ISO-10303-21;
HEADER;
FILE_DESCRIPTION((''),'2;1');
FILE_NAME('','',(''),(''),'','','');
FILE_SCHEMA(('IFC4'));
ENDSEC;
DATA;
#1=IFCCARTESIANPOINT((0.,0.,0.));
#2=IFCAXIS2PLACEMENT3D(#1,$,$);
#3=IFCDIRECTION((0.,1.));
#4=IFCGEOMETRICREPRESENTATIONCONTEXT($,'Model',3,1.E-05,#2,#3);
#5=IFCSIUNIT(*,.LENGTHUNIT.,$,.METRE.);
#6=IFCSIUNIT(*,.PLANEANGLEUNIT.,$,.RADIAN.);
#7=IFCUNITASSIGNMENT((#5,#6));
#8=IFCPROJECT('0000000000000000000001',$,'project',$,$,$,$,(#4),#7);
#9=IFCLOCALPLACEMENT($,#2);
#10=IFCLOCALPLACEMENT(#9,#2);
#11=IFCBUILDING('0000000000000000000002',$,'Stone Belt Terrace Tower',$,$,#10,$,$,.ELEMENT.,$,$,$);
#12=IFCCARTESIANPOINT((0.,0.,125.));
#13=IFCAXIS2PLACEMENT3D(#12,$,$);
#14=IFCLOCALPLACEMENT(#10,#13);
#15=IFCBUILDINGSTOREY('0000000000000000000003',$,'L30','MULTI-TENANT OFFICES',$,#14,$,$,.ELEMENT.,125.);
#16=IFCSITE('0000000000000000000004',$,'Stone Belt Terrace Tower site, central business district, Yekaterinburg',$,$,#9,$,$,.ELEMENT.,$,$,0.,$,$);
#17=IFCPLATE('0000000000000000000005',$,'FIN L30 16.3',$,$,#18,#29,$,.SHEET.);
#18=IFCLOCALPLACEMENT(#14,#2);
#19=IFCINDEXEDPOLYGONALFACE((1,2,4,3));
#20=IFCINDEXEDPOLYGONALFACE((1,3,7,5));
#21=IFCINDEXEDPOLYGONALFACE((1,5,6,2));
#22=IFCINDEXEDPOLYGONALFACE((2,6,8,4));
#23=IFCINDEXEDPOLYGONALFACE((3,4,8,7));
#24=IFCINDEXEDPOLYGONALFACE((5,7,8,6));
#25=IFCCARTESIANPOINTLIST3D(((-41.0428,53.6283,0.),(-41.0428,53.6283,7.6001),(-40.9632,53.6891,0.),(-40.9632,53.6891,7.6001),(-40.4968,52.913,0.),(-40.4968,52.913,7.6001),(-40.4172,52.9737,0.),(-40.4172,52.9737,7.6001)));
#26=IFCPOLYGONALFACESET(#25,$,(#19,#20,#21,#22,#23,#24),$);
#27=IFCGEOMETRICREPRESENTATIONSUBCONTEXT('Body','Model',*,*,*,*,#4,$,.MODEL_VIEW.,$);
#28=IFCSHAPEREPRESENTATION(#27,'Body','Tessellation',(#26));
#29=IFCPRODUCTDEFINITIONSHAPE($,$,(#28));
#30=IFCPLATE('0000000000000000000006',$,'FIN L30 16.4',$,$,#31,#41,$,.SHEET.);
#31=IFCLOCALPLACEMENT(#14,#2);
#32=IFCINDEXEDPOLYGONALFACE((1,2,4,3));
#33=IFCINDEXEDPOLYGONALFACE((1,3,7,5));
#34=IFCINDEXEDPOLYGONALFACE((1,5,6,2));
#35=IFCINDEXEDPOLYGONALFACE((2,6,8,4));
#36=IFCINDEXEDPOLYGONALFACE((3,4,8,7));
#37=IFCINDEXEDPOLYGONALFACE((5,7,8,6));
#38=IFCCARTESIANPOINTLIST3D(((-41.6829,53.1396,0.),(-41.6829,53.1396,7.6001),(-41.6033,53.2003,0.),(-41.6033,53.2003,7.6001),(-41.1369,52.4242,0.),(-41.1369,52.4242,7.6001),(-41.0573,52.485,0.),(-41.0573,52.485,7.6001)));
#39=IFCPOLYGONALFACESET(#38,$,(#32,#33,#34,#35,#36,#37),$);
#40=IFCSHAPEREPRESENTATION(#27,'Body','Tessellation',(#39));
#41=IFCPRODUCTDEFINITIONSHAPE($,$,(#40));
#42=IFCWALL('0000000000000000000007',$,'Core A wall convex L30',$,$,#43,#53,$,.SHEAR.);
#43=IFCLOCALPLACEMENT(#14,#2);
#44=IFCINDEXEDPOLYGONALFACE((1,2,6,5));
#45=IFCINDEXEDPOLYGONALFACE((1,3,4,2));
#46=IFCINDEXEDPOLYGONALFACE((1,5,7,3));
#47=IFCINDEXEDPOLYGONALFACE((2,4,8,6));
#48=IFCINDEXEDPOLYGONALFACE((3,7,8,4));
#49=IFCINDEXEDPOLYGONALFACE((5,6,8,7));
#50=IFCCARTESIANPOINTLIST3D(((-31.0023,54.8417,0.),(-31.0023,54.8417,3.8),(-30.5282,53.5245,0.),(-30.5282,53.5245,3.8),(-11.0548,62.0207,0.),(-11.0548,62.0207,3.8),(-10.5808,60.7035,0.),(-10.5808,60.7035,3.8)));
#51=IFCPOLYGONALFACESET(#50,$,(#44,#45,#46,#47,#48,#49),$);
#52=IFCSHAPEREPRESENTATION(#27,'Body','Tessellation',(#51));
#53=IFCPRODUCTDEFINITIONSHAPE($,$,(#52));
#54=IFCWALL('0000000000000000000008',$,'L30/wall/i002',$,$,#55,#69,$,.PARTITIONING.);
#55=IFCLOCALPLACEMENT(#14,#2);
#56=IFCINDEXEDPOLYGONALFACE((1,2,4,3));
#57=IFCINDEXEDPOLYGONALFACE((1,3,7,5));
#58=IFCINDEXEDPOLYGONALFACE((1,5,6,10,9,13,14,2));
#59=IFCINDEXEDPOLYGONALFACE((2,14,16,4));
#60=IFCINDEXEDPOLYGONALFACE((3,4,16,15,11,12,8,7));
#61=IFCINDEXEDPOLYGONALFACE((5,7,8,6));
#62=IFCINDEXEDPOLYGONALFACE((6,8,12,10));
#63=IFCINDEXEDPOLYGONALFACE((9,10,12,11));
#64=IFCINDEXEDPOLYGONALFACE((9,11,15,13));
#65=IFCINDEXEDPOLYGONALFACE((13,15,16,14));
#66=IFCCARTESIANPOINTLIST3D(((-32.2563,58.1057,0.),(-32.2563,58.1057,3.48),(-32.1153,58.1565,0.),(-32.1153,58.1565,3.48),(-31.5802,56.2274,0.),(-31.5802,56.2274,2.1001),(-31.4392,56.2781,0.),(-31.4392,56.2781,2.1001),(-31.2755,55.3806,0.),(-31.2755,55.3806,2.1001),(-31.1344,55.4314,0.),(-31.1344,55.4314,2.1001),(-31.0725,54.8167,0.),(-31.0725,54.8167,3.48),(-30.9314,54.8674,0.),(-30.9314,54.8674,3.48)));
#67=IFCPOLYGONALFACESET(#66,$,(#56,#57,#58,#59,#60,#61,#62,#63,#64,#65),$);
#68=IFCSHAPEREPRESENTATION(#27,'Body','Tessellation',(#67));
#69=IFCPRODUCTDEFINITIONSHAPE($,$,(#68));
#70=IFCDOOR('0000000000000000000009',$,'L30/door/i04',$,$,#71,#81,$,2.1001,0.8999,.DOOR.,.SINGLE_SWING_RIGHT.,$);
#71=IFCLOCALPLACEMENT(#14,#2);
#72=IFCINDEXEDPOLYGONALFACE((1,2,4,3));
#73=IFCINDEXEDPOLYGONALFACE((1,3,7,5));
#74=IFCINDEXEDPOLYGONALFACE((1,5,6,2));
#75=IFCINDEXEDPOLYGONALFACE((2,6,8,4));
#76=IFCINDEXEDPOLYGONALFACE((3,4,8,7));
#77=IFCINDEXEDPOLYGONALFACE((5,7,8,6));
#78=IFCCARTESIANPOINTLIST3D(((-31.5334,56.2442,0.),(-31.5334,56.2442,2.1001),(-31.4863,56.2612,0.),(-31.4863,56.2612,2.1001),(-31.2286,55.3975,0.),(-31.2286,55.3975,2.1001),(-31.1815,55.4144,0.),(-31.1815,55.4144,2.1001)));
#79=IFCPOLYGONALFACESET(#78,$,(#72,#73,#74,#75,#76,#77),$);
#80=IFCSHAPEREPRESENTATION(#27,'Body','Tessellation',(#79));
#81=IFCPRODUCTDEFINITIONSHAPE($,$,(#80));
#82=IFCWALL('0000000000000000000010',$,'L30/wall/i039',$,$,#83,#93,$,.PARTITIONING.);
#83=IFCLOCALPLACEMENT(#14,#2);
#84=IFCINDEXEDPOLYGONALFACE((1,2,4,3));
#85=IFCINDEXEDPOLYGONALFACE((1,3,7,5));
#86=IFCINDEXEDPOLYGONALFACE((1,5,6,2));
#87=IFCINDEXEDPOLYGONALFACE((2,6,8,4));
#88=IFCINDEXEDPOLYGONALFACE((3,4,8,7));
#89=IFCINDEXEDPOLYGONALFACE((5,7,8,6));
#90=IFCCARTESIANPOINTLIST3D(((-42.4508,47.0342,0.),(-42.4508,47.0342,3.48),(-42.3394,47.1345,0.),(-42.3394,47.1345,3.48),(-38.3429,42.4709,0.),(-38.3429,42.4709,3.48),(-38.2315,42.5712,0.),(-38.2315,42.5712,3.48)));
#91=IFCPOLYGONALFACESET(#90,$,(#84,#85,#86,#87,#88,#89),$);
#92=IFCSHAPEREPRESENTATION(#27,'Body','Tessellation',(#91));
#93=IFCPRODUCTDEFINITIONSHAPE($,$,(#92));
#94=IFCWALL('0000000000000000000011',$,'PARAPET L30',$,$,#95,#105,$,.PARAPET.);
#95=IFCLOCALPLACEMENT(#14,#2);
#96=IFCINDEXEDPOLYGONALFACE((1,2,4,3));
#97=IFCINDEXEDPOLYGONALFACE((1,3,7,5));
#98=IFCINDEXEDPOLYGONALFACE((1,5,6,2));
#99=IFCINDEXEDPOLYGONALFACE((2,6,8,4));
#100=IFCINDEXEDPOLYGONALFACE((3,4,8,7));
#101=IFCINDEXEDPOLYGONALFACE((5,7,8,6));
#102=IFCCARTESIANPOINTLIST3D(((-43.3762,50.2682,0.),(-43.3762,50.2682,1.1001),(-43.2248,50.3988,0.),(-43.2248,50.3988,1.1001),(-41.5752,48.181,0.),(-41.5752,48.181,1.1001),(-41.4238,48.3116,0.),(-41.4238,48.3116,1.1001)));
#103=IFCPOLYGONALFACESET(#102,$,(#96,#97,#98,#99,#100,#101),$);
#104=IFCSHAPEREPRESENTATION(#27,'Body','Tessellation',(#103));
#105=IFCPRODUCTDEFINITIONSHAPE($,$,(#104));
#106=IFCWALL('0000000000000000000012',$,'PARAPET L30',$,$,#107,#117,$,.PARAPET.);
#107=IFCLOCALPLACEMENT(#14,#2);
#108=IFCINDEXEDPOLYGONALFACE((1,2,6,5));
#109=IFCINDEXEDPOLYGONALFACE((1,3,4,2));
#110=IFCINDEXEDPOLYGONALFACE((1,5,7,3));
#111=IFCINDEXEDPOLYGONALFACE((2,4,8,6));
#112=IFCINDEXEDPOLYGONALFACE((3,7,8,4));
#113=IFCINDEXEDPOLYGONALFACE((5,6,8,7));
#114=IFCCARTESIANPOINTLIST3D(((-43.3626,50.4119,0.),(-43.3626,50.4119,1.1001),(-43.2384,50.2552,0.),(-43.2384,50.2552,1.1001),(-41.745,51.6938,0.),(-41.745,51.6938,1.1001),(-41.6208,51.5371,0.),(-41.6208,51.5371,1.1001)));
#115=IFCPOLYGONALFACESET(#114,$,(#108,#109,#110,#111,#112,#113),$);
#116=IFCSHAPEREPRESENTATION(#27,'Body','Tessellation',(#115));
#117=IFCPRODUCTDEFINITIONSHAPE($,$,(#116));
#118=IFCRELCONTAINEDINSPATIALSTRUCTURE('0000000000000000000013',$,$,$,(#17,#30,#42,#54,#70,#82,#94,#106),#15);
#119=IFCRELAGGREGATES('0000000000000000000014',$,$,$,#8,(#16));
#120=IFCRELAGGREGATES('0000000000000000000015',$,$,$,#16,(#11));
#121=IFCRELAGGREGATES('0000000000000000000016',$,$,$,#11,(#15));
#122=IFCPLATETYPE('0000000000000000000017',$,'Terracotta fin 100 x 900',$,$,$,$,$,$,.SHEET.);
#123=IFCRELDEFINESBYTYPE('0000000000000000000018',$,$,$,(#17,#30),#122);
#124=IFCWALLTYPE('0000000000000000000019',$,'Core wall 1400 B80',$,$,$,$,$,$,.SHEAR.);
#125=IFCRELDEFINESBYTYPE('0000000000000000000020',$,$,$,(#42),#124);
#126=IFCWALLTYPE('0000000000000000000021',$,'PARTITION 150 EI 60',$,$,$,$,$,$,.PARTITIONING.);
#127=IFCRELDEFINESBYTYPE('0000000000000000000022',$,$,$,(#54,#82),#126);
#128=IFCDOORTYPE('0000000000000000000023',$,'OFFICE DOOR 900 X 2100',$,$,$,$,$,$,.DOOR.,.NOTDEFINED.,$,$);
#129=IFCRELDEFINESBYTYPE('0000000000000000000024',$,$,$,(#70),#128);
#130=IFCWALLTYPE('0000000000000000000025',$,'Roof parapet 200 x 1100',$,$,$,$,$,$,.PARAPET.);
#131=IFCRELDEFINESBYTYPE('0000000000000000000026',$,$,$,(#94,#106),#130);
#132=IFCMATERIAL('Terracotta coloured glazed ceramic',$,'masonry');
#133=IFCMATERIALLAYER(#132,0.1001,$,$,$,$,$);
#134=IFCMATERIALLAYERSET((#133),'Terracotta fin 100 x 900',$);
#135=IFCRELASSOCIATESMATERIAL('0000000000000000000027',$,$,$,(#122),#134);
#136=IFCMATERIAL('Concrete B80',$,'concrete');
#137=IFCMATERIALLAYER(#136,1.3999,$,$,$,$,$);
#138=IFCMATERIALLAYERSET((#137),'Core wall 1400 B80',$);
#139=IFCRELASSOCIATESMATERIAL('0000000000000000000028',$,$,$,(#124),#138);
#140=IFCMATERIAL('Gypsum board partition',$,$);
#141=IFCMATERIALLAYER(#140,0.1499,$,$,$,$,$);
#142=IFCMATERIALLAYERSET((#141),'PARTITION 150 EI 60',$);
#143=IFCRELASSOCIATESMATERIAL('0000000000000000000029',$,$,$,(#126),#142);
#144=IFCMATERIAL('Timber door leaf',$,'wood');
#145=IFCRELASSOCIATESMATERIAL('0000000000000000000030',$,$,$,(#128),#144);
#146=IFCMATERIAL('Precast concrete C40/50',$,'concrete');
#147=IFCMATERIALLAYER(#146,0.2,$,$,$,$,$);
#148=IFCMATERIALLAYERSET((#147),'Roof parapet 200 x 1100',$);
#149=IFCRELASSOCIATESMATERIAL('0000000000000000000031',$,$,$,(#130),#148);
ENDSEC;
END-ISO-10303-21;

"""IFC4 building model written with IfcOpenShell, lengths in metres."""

from ifc_helpers import new_model, si_unit, direction, frame, frame_2d, origin, origin_2d, place, context, subcontext, project, spatial, rectangle, extrude, material, layer, layer_set, type_object, element, fill, save


model = new_model("IFC4")

# Units and contexts
model_context = context("Model", 3, precision=1e-05, world=origin(), true_north=direction((0.0, 1.0)))
body_context = subcontext(model_context, "Body", "Model", "MODEL_VIEW")
ifc_project = project(units=[si_unit("LENGTHUNIT", "METRE"), si_unit("PLANEANGLEUNIT", "RADIAN")], contexts=[model_context])

# Site, building, storey
site_placement = place(None, origin())
site = spatial("IfcSite", under=ifc_project, at=site_placement, Name="Stone Belt Terrace Tower site, central business district, Yekaterinburg", CompositionType="ELEMENT", RefElevation=0.0)
building_placement = place(site_placement, origin())
building = spatial("IfcBuilding", under=site, at=building_placement, Name="Stone Belt Terrace Tower", CompositionType="ELEMENT")
storey_placement = place(building_placement, frame((0.0, 0.0, 125.0)))
storey = spatial("IfcBuildingStorey", under=building, at=storey_placement, Name="L30", Description="MULTI-TENANT OFFICES", CompositionType="ELEMENT", Elevation=125.0)

# Shared definitions
ifc_material_1 = material(Name="Concrete B80", Category="concrete")

# Plates
ifc_material_2 = material(Name="Terracotta coloured glazed ceramic", Category="masonry")
ifc_layer_1 = layer(ifc_material_2, 0.1001)
ifc_layer_set_1 = layer_set([ifc_layer_1], Name="Terracotta fin 100 x 900")
plate_type_1 = type_object("IfcPlateType", Name="Terracotta fin 100 x 900", PredefinedType="SHEET", material=ifc_layer_set_1)
for number, where, z_axis, x_axis, name in (
    (1, (-40.73, 53.301, 0.0), (0.0, 0.0, 1.0), (-0.606733, 0.794905, 0.0), "FIN L30 16.3"),
    (2, (-41.3701, 52.8123, 0.0), (0.0, 0.0, 1.0), (-0.606733, 0.794905, 0.0), "FIN L30 16.4"),
):
    element("IfcPlate", number, at=place(storey_placement, frame(where, z_axis=z_axis, x_axis=x_axis)), inside=storey, type_object=plate_type_1, Name=name, PredefinedType="SHEET", context=body_context, shape_type="SweptSolid", body=[
        extrude(rectangle(XDim=0.8999, YDim=0.1001, at=origin_2d()), origin(), (0.0, 0.0, 1.0), 7.6001),
    ])

# Wall
ifc_layer_2 = layer(ifc_material_1, 1.3999)
ifc_layer_set_2 = layer_set([ifc_layer_2], Name="Core wall 1400 B80")
wall_type_1 = type_object("IfcWallType", Name="Core wall 1400 B80", PredefinedType="SHEAR", material=ifc_layer_set_2)
wall_1_placement = place(storey_placement, frame((-30.7654, 54.1831, 0.0), z_axis=(0.0, 0.0, 1.0), x_axis=(0.94092, 0.33863, 0.0)))
element("IfcWall", 3, at=wall_1_placement, inside=storey, type_object=wall_type_1, Name="Core A wall convex L30", PredefinedType="SHEAR", context=body_context, shape_type="SweptSolid", body=[
    extrude(rectangle(XDim=21.2, YDim=1.3999, at=frame_2d((10.6001, 0.0))), origin(), (0.0, 0.0, 1.0), 3.8),
])

# Wall, opening, door
ifc_material_3 = material(Name="Gypsum board partition")
ifc_layer_3 = layer(ifc_material_3, 0.1499)
ifc_layer_set_3 = layer_set([ifc_layer_3], Name="PARTITION 150 EI 60")
wall_type_2 = type_object("IfcWallType", Name="PARTITION 150 EI 60", PredefinedType="PARTITIONING", material=ifc_layer_set_3)
wall_2_placement = place(storey_placement, frame((-32.1858, 58.1311, 0.0), z_axis=(0.0, 0.0, 1.0), x_axis=(0.338663, -0.940908, 0.0)))
wall_2 = element("IfcWall", 4, at=wall_2_placement, inside=storey, type_object=wall_type_2, Name="L30/wall/i002", PredefinedType="PARTITIONING", context=body_context, shape_type="SweptSolid", body=[
    extrude(rectangle(XDim=3.4956, YDim=0.1499, at=frame_2d((1.7478, 0.0))), origin(), (0.0, 0.0, 1.0), 3.48),
])
opening_placement = place(wall_2_placement, frame((1.9963, 0.0, 0.0)))
opening = element("IfcOpeningElement", 5, at=opening_placement, cuts=wall_2, PredefinedType="OPENING", context=body_context, shape_type="SweptSolid", body=[
    extrude(rectangle(XDim=0.8999, YDim=2.1001, at=frame_2d((0.45, 1.05))), frame((0.0, 0.085, 0.0), z_axis=(0.0, -1.0, 0.0), x_axis=(1.0, 0.0, 0.0)), (0.0, 0.0, 1.0), 0.1699),
])
ifc_material_4 = material(Name="Timber door leaf", Category="wood")
door_type = type_object("IfcDoorType", Name="OFFICE DOOR 900 X 2100", OperationType="NOTDEFINED", PredefinedType="DOOR", material=ifc_material_4)
door_placement = place(opening_placement, origin())
door = element("IfcDoor", 6, at=door_placement, inside=storey, type_object=door_type, Name="L30/door/i04", OperationType="SINGLE_SWING_RIGHT", OverallHeight=2.1001, OverallWidth=0.8999, PredefinedType="DOOR", context=body_context, shape_type="SweptSolid", body=[
    extrude(rectangle(XDim=0.8999, YDim=2.1001, at=frame_2d((0.45, 1.05))), frame((0.0, 0.0249, 0.0), z_axis=(0.0, -1.0, 0.0), x_axis=(1.0, 0.0, 0.0)), (0.0, 0.0, 1.0), 0.05),
])
fill(opening, door)

# Walls
wall_3_placement = place(storey_placement, frame((-42.395, 47.0842, 0.0), z_axis=(0.0, 0.0, 1.0), x_axis=(0.669055, -0.743213, 0.0)))
element("IfcWall", 7, at=wall_3_placement, inside=storey, type_object=wall_type_2, Name="L30/wall/i039", PredefinedType="PARTITIONING", context=body_context, shape_type="SweptSolid", body=[
    extrude(rectangle(XDim=6.1399, YDim=0.1499, at=frame_2d((3.0698, 0.0))), origin(), (0.0, 0.0, 1.0), 3.48),
])
ifc_material_5 = material(Name="Precast concrete C40/50", Category="concrete")
ifc_layer_4 = layer(ifc_material_5, 0.2)
ifc_layer_set_4 = layer_set([ifc_layer_4], Name="Roof parapet 200 x 1100")
wall_type_3 = type_object("IfcWallType", Name="Roof parapet 200 x 1100", PredefinedType="PARAPET", material=ifc_layer_set_4)
wall_4_placement = place(storey_placement, frame((-43.3005, 50.3335, 0.0), z_axis=(0.0, 0.0, 1.0), x_axis=(0.653304, -0.757096, 0.0)))
element("IfcWall", 8, at=wall_4_placement, inside=storey, type_object=wall_type_3, Name="PARAPET L30", PredefinedType="PARAPET", context=body_context, shape_type="SweptSolid", body=[
    extrude(rectangle(XDim=2.7568, YDim=0.2, at=frame_2d((1.3784, 0.0))), origin(), (0.0, 0.0, 1.0), 1.1001),
])
wall_5_placement = place(storey_placement, frame((-41.6829, 51.6155, 0.0), z_axis=(0.0, 0.0, 1.0), x_axis=(-0.783734, -0.621097, 0.0)))
element("IfcWall", 9, at=wall_5_placement, inside=storey, type_object=wall_type_3, Name="PARAPET L30", PredefinedType="PARAPET", context=body_context, shape_type="SweptSolid", body=[
    extrude(rectangle(XDim=2.064, YDim=0.2, at=frame_2d((1.032, 0.0))), origin(), (0.0, 0.0, 1.0), 1.1001),
])

save(model, "model.ifc")
